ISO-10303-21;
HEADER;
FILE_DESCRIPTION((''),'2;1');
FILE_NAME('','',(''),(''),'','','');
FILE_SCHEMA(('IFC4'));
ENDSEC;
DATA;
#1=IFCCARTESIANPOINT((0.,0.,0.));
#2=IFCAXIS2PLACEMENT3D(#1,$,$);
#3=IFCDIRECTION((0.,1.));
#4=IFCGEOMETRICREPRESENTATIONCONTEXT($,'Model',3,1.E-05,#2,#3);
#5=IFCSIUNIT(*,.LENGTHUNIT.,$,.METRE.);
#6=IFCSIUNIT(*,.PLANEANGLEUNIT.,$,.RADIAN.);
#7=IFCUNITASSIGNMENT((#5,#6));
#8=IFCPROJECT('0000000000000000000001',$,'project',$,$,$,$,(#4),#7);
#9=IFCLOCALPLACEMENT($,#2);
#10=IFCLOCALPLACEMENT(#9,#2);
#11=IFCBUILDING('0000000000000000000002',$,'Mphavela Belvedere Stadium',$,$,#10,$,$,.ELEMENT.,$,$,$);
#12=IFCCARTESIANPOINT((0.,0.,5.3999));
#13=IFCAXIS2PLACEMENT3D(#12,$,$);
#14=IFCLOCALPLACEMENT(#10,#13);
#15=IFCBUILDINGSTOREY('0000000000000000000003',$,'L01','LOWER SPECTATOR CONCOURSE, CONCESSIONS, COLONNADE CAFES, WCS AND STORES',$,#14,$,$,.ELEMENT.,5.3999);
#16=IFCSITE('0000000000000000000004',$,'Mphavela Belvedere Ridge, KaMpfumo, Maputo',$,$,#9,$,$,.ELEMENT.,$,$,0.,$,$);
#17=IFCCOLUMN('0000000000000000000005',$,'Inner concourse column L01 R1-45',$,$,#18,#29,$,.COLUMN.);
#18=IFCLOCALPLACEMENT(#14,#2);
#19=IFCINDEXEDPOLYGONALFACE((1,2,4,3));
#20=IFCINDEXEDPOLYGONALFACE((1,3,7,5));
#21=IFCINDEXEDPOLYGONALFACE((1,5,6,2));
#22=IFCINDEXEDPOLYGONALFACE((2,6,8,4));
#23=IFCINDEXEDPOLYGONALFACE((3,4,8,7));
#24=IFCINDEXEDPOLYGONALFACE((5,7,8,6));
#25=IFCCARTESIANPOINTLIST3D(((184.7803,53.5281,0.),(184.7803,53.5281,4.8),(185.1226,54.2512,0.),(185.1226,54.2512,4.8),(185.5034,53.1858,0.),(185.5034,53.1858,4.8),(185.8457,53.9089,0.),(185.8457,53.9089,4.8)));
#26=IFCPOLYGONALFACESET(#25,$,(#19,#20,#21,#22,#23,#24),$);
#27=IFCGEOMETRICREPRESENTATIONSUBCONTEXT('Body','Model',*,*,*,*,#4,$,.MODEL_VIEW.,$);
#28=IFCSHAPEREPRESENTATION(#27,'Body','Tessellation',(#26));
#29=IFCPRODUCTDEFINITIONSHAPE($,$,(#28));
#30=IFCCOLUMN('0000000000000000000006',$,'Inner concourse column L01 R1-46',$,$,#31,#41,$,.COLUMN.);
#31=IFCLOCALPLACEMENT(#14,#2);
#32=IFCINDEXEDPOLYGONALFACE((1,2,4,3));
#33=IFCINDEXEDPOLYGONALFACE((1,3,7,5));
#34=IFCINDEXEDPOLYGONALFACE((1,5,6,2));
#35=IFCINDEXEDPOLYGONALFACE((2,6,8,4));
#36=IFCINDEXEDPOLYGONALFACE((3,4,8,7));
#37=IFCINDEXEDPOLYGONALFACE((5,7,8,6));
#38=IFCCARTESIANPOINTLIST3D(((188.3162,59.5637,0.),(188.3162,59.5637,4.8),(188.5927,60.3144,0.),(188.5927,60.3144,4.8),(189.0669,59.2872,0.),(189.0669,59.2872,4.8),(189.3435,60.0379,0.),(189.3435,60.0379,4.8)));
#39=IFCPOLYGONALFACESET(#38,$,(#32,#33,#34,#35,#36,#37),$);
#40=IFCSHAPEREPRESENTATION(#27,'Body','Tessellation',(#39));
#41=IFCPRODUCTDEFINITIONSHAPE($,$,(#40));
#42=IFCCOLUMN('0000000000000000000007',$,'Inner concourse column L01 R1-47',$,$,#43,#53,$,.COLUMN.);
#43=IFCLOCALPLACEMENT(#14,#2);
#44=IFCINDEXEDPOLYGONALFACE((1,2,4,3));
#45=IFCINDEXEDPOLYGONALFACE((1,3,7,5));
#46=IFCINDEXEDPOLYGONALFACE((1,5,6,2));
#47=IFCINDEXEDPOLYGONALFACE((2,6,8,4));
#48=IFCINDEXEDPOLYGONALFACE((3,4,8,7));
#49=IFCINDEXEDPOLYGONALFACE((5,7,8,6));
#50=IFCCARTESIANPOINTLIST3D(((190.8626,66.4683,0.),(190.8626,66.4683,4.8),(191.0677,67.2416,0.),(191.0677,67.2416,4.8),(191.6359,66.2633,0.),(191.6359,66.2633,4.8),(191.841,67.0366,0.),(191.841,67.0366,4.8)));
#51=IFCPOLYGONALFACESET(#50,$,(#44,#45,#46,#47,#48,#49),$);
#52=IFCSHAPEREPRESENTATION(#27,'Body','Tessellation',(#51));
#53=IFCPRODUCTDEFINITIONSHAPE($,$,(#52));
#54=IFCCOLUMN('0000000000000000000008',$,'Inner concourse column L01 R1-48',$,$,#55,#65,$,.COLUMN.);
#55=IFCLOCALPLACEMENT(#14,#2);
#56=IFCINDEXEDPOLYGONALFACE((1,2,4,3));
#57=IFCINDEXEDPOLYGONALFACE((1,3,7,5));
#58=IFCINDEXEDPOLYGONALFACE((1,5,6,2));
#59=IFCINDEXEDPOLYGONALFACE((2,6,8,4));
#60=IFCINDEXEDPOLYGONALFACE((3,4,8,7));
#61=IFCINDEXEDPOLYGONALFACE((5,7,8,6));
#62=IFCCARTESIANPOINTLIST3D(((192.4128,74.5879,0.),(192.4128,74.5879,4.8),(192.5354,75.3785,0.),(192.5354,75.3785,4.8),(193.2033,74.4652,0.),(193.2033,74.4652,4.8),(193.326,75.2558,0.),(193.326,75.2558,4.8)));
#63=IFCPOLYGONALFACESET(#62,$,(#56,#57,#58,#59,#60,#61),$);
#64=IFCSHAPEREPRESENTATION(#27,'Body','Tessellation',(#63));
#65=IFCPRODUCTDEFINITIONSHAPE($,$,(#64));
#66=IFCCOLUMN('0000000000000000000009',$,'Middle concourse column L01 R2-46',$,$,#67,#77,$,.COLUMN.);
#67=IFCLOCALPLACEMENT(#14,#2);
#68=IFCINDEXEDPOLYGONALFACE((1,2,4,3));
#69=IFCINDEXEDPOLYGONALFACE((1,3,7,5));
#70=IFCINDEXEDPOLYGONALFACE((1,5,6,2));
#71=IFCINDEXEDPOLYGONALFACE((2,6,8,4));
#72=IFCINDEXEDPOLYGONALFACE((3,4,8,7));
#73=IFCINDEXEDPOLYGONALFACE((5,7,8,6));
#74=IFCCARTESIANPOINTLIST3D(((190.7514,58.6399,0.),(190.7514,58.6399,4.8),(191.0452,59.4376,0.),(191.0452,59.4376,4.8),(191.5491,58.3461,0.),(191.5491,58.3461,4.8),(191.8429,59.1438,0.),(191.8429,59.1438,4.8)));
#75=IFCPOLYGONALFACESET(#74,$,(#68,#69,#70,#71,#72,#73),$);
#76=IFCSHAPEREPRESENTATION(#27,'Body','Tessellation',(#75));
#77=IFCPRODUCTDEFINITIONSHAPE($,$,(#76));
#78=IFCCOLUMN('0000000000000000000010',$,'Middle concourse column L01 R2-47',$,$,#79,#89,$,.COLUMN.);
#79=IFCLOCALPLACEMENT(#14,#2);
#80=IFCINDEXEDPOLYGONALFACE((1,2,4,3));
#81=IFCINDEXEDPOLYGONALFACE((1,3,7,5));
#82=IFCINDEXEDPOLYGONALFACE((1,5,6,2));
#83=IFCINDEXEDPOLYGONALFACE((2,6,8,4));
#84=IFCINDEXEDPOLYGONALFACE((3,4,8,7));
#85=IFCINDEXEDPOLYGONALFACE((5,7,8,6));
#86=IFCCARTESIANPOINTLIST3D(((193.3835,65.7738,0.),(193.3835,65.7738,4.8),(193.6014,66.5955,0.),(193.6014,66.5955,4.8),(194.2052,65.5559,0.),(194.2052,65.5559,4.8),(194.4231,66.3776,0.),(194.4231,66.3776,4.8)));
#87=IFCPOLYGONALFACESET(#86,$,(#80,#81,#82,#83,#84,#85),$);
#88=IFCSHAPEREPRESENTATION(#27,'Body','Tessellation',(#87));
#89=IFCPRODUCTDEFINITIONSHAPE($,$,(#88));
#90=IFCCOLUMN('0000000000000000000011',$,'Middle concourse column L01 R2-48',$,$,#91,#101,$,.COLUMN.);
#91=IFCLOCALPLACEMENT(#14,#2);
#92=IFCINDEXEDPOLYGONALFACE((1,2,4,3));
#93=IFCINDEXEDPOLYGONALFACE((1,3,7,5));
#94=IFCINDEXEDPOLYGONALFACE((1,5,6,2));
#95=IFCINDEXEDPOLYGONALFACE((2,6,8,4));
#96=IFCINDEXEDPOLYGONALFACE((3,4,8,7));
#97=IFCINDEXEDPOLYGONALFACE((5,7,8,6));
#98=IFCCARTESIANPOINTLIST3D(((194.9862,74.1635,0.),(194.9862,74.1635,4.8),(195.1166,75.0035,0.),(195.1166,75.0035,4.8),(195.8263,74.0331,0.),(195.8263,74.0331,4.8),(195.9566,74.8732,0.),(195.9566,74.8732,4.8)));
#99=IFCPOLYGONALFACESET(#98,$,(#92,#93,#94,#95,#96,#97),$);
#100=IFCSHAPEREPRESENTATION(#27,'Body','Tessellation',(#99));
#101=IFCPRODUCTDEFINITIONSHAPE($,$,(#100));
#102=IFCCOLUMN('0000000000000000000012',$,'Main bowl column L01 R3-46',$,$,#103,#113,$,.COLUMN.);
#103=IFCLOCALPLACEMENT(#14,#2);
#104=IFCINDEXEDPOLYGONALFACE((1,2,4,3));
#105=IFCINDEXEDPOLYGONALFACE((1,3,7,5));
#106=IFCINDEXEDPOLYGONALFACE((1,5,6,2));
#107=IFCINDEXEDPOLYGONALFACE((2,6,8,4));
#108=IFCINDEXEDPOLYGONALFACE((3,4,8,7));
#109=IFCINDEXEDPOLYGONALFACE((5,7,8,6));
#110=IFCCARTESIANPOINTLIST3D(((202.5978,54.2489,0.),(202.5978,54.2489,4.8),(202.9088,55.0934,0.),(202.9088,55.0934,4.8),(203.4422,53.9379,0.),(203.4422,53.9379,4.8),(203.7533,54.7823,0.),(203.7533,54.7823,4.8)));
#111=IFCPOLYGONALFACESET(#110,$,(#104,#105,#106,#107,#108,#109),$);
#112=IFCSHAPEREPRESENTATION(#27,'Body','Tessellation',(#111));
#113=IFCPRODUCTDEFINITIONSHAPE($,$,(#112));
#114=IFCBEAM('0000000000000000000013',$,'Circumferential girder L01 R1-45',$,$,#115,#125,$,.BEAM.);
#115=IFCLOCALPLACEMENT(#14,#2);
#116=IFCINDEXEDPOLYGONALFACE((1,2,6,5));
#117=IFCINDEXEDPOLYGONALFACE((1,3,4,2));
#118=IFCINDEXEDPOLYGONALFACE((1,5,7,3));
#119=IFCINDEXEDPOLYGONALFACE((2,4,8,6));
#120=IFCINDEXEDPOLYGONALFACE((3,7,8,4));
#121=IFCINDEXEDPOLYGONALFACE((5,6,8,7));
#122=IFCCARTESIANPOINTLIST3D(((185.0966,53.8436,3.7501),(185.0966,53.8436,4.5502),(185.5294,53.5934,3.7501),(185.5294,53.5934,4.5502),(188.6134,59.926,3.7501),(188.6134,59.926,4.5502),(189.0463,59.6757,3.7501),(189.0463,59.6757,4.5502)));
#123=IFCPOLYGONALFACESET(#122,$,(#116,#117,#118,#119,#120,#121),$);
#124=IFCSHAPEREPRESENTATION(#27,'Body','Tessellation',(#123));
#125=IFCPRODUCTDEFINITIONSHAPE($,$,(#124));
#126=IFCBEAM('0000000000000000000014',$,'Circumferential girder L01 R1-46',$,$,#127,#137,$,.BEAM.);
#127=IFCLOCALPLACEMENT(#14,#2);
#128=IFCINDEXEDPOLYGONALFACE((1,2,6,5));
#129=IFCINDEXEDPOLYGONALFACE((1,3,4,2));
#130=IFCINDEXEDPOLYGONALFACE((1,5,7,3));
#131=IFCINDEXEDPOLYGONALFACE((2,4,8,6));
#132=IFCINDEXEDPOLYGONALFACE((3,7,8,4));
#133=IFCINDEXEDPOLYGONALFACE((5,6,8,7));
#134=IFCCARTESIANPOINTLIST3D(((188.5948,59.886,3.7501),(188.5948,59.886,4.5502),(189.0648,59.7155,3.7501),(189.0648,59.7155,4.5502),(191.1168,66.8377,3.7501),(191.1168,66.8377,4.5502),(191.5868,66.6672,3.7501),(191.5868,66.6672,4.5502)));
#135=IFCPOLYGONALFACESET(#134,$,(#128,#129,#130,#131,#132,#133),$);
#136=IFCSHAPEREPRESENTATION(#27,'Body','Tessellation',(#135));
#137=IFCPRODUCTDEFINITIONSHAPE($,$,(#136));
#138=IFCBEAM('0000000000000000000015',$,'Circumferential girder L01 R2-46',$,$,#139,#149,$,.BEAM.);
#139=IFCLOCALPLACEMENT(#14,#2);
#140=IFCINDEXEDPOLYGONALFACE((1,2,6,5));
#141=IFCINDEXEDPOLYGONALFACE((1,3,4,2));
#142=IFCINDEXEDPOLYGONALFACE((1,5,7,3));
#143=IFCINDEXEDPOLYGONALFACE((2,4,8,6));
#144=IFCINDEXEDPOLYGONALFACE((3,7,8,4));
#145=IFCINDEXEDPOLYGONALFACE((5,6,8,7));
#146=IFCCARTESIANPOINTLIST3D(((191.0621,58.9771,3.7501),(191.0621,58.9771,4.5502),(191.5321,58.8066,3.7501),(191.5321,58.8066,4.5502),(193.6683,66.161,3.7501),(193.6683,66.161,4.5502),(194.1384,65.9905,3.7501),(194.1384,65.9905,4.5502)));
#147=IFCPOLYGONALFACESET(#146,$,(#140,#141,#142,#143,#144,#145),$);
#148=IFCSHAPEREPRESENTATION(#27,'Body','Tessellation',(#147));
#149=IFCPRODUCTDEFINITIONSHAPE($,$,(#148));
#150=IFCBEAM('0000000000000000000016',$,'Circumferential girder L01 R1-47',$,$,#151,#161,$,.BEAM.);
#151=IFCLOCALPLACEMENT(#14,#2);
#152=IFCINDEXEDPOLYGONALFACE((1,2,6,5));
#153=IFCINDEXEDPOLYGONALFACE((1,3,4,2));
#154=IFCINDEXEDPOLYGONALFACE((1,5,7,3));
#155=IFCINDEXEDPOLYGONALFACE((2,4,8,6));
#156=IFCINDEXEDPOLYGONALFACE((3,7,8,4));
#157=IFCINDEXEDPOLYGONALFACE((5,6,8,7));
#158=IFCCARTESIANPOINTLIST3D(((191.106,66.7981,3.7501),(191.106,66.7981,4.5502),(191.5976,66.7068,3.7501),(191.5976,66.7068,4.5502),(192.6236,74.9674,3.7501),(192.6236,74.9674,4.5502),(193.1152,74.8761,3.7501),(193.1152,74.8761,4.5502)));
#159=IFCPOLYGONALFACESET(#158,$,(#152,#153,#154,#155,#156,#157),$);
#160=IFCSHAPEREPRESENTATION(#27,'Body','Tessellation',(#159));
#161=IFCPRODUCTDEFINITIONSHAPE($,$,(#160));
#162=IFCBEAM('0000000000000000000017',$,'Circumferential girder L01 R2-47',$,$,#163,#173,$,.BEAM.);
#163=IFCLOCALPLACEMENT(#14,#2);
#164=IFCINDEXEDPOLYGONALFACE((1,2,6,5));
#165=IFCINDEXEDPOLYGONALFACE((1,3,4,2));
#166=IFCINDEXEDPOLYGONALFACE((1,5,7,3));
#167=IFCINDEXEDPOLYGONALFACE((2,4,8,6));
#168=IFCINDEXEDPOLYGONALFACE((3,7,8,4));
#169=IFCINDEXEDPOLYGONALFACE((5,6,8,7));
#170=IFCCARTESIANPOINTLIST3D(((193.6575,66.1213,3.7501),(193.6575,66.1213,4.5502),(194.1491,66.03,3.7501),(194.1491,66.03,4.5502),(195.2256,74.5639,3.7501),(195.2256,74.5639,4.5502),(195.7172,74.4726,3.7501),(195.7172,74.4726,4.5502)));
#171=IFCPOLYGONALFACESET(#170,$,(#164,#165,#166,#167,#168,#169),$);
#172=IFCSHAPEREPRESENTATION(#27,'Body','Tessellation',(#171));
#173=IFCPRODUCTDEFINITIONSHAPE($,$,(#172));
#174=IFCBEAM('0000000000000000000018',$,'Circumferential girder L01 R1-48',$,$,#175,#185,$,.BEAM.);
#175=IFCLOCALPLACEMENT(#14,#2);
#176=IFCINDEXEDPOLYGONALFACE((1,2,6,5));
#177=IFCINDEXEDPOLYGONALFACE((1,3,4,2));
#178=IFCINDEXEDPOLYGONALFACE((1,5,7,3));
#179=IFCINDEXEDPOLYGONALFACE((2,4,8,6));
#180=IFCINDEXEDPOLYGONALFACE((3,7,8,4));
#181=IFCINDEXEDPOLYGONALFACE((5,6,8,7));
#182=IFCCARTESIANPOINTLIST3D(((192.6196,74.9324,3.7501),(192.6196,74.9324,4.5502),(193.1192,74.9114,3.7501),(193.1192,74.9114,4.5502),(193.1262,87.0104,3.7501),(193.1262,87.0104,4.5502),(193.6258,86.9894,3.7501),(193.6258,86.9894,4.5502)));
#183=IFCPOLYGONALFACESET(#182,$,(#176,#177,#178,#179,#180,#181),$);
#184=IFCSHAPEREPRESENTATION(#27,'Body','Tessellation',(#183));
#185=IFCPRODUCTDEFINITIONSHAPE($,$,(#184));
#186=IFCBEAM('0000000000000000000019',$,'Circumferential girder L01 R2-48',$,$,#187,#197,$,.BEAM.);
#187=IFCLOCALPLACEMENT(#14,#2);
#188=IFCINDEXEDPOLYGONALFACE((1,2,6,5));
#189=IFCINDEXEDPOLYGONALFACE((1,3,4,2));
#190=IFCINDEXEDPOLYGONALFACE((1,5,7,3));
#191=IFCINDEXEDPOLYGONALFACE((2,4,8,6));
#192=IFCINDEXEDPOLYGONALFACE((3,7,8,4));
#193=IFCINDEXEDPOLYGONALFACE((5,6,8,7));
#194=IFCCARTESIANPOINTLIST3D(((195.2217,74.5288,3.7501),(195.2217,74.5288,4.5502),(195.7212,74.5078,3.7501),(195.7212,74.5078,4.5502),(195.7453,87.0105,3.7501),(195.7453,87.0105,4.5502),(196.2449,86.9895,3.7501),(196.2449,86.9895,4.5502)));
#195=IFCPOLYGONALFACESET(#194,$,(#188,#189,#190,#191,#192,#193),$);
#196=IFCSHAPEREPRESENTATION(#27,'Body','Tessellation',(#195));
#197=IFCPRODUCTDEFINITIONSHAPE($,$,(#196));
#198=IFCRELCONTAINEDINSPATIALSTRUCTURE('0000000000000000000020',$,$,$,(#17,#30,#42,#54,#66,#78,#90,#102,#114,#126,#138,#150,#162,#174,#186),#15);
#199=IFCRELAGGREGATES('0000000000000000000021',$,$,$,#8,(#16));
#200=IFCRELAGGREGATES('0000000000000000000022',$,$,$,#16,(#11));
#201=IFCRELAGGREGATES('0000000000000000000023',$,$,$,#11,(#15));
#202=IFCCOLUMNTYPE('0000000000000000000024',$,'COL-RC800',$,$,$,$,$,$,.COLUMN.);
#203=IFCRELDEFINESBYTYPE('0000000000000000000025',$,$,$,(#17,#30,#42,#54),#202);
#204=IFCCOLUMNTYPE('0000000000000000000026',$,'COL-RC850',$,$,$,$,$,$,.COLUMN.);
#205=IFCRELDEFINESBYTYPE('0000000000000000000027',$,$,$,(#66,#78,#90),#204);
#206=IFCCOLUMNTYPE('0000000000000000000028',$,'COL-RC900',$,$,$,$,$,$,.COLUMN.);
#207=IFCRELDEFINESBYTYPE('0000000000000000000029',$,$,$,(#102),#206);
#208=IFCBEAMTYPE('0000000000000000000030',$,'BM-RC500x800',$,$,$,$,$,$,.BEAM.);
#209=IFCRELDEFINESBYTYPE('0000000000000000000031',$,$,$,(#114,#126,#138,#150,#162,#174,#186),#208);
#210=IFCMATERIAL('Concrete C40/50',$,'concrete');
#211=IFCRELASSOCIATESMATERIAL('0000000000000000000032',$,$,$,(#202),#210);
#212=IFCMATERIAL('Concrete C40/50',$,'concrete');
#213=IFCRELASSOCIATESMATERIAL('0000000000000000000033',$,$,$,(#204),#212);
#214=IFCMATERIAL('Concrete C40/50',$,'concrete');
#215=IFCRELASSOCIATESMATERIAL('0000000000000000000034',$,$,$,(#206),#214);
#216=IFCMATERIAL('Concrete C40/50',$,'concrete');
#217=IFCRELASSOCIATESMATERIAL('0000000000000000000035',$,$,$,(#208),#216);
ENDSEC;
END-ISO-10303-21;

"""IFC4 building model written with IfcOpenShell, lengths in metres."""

from ifc_helpers import new_model, si_unit, direction, frame, origin, origin_2d, place, context, subcontext, project, spatial, rectangle, extrude, material, material_profile, profile_set, type_object, element, save


model = new_model("IFC4")

# Units and contexts
model_context = context("Model", 3, precision=1e-05, world=origin(), true_north=direction((0.0, 1.0)))
body_context = subcontext(model_context, "Body", "Model", "MODEL_VIEW")
ifc_project = project(units=[si_unit("LENGTHUNIT", "METRE"), si_unit("PLANEANGLEUNIT", "RADIAN")], contexts=[model_context])

# Site, building, storey
site_placement = place(None, origin())
site = spatial("IfcSite", under=ifc_project, at=site_placement, Name="Mphavela Belvedere Ridge, KaMpfumo, Maputo", CompositionType="ELEMENT", RefElevation=0.0)
building_placement = place(site_placement, origin())
building = spatial("IfcBuilding", under=site, at=building_placement, Name="Mphavela Belvedere Stadium", CompositionType="ELEMENT")
storey_placement = place(building_placement, frame((0.0, 0.0, 5.3999)))
storey = spatial("IfcBuildingStorey", under=building, at=storey_placement, Name="L01", Description="LOWER SPECTATOR CONCOURSE, CONCESSIONS, COLONNADE CAFES, WCS AND STORES", CompositionType="ELEMENT", Elevation=5.3999)

# Columns
ifc_material_1 = material(Name="Concrete C40/50", Category="concrete")
ifc_material_profile_1 = material_profile(ifc_material_1, rectangle(XDim=0.8, YDim=0.8, at=origin_2d()), Name="RC 800x800")
ifc_profile_set_1 = profile_set([ifc_material_profile_1], Name="Concrete C40/50")
column_type_1 = type_object("IfcColumnType", Name="COL-RC800", PredefinedType="COLUMN", material=ifc_profile_set_1)
for number, where, z_axis, x_axis, name in (
    (1, (185.313, 53.7185, 0.0), (0.0, 0.0, 1.0), (0.903859, -0.427831, 0.0), "Inner concourse column L01 R1-45"),
    (2, (188.8298, 59.8008, 0.0), (0.0, 0.0, 1.0), (0.938372, -0.345626, 0.0), "Inner concourse column L01 R1-46"),
    (3, (191.3518, 66.7524, 0.0), (0.0, 0.0, 1.0), (0.9666, -0.256289, 0.0), "Inner concourse column L01 R1-47"),
    (4, (192.8694, 74.9219, 0.0), (0.0, 0.0, 1.0), (0.988175, -0.153331, 0.0), "Inner concourse column L01 R1-48"),
):
    element("IfcColumn", number, at=place(storey_placement, frame(where, z_axis=z_axis, x_axis=x_axis)), inside=storey, type_object=column_type_1, Name=name, PredefinedType="COLUMN", context=body_context, shape_type="SweptSolid", body=[
        extrude(rectangle(XDim=0.8, YDim=0.8, at=origin_2d()), origin(), (0.0, 0.0, 1.0), 4.8),
    ])
ifc_material_2 = material(Name="Concrete C40/50", Category="concrete")
ifc_material_profile_2 = material_profile(ifc_material_2, rectangle(XDim=0.8501, YDim=0.8501, at=origin_2d()), Name="RC 850x850")
ifc_profile_set_2 = profile_set([ifc_material_profile_2], Name="Concrete C40/50")
column_type_2 = type_object("IfcColumnType", Name="COL-RC850", PredefinedType="COLUMN", material=ifc_profile_set_2)
for number, where, z_axis, x_axis, name in (
    (5, (191.2971, 58.8918, 0.0), (0.0, 0.0, 1.0), (0.938372, -0.345626, 0.0), "Middle concourse column L01 R2-46"),
    (6, (193.9033, 66.0757, 0.0), (0.0, 0.0, 1.0), (0.9666, -0.256289, 0.0), "Middle concourse column L01 R2-47"),
    (7, (195.4714, 74.5183, 0.0), (0.0, 0.0, 1.0), (0.988175, -0.153331, 0.0), "Middle concourse column L01 R2-48"),
):
    element("IfcColumn", number, at=place(storey_placement, frame(where, z_axis=z_axis, x_axis=x_axis)), inside=storey, type_object=column_type_2, Name=name, PredefinedType="COLUMN", context=body_context, shape_type="SweptSolid", body=[
        extrude(rectangle(XDim=0.8501, YDim=0.8501, at=origin_2d()), origin(), (0.0, 0.0, 1.0), 4.8),
    ])
ifc_material_3 = material(Name="Concrete C40/50", Category="concrete")
ifc_material_profile_3 = material_profile(ifc_material_3, rectangle(XDim=0.8999, YDim=0.8999, at=origin_2d()), Name="RC 900x900")
ifc_profile_set_3 = profile_set([ifc_material_profile_3], Name="Concrete C40/50")
column_type_3 = type_object("IfcColumnType", Name="COL-RC900", PredefinedType="COLUMN", material=ifc_profile_set_3)
column_placement = place(storey_placement, frame((203.1755, 54.5156, 0.0), z_axis=(0.0, 0.0, 1.0), x_axis=(0.938372, -0.345626, 0.0)))
element("IfcColumn", 8, at=column_placement, inside=storey, type_object=column_type_3, Name="Main bowl column L01 R3-46", PredefinedType="COLUMN", context=body_context, shape_type="SweptSolid", body=[
    extrude(rectangle(XDim=0.8999, YDim=0.8999, at=origin_2d()), origin(), (0.0, 0.0, 1.0), 4.8),
])

# Beams
ifc_material_4 = material(Name="Concrete C40/50", Category="concrete")
ifc_material_profile_4 = material_profile(ifc_material_4, rectangle(XDim=0.5, YDim=0.8, at=origin_2d()), Name="RC 500x800")
ifc_profile_set_4 = profile_set([ifc_material_profile_4], Name="Concrete C40/50")
beam_type_1 = type_object("IfcBeamType", Name="BM-RC500x800", PredefinedType="BEAM", material=ifc_profile_set_4)
beam_1_placement = place(storey_placement, frame((185.313, 53.7185, 4.1501), z_axis=(0.50056, 0.865702, 0.0), x_axis=(-0.865702, 0.50056, 0.0)))
element("IfcBeam", 9, at=beam_1_placement, inside=storey, type_object=beam_type_1, Name="Circumferential girder L01 R1-45", PredefinedType="BEAM", context=body_context, shape_type="SweptSolid", body=[
    extrude(rectangle(XDim=0.5, YDim=0.8, at=origin_2d()), origin(), (0.0, 0.0, 1.0), 7.0259),
])
beam_2_placement = place(storey_placement, frame((188.8298, 59.8008, 4.1501), z_axis=(0.341038, 0.94005, 0.0), x_axis=(-0.94005, 0.341038, 0.0)))
element("IfcBeam", 10, at=beam_2_placement, inside=storey, type_object=beam_type_1, Name="Circumferential girder L01 R1-46", PredefinedType="BEAM", context=body_context, shape_type="SweptSolid", body=[
    extrude(rectangle(XDim=0.5, YDim=0.8, at=origin_2d()), origin(), (0.0, 0.0, 1.0), 7.395),
])
beam_3_placement = place(storey_placement, frame((191.2971, 58.8918, 4.1501), z_axis=(0.341038, 0.94005, 0.0), x_axis=(-0.94005, 0.341038, 0.0)))
element("IfcBeam", 11, at=beam_3_placement, inside=storey, type_object=beam_type_1, Name="Circumferential girder L01 R2-46", PredefinedType="BEAM", context=body_context, shape_type="SweptSolid", body=[
    extrude(rectangle(XDim=0.5, YDim=0.8, at=origin_2d()), origin(), (0.0, 0.0, 1.0), 7.6421),
])
beam_4_placement = place(storey_placement, frame((191.3518, 66.7524, 4.1501), z_axis=(0.182638, 0.98318, 0.0), x_axis=(-0.98318, 0.182638, 0.0)))
element("IfcBeam", 12, at=beam_4_placement, inside=storey, type_object=beam_type_1, Name="Circumferential girder L01 R1-47", PredefinedType="BEAM", context=body_context, shape_type="SweptSolid", body=[
    extrude(rectangle(XDim=0.5, YDim=0.8, at=origin_2d()), origin(), (0.0, 0.0, 1.0), 8.3091),
])
beam_5_placement = place(storey_placement, frame((193.9033, 66.0757, 4.1501), z_axis=(0.182615, 0.983185, 0.0), x_axis=(-0.983185, 0.182615, 0.0)))
element("IfcBeam", 13, at=beam_5_placement, inside=storey, type_object=beam_type_1, Name="Circumferential girder L01 R2-47", PredefinedType="BEAM", context=body_context, shape_type="SweptSolid", body=[
    extrude(rectangle(XDim=0.5, YDim=0.8, at=origin_2d()), origin(), (0.0, 0.0, 1.0), 8.5869),
])
beam_6_placement = place(storey_placement, frame((192.8694, 74.9219, 4.1501), z_axis=(0.041906, 0.999122, 0.0), x_axis=(-0.999122, 0.041906, 0.0)))
element("IfcBeam", 14, at=beam_6_placement, inside=storey, type_object=beam_type_1, Name="Circumferential girder L01 R1-48", PredefinedType="BEAM", context=body_context, shape_type="SweptSolid", body=[
    extrude(rectangle(XDim=0.5, YDim=0.8, at=origin_2d()), origin(), (0.0, 0.0, 1.0), 12.0886),
])
beam_7_placement = place(storey_placement, frame((195.4714, 74.5183, 4.1501), z_axis=(0.041919, 0.999121, 0.0), x_axis=(-0.999121, 0.041919, 0.0)))
element("IfcBeam", 15, at=beam_7_placement, inside=storey, type_object=beam_type_1, Name="Circumferential girder L01 R2-48", PredefinedType="BEAM", context=body_context, shape_type="SweptSolid", body=[
    extrude(rectangle(XDim=0.5, YDim=0.8, at=origin_2d()), origin(), (0.0, 0.0, 1.0), 12.4927),
])

save(model, "model.ifc")
